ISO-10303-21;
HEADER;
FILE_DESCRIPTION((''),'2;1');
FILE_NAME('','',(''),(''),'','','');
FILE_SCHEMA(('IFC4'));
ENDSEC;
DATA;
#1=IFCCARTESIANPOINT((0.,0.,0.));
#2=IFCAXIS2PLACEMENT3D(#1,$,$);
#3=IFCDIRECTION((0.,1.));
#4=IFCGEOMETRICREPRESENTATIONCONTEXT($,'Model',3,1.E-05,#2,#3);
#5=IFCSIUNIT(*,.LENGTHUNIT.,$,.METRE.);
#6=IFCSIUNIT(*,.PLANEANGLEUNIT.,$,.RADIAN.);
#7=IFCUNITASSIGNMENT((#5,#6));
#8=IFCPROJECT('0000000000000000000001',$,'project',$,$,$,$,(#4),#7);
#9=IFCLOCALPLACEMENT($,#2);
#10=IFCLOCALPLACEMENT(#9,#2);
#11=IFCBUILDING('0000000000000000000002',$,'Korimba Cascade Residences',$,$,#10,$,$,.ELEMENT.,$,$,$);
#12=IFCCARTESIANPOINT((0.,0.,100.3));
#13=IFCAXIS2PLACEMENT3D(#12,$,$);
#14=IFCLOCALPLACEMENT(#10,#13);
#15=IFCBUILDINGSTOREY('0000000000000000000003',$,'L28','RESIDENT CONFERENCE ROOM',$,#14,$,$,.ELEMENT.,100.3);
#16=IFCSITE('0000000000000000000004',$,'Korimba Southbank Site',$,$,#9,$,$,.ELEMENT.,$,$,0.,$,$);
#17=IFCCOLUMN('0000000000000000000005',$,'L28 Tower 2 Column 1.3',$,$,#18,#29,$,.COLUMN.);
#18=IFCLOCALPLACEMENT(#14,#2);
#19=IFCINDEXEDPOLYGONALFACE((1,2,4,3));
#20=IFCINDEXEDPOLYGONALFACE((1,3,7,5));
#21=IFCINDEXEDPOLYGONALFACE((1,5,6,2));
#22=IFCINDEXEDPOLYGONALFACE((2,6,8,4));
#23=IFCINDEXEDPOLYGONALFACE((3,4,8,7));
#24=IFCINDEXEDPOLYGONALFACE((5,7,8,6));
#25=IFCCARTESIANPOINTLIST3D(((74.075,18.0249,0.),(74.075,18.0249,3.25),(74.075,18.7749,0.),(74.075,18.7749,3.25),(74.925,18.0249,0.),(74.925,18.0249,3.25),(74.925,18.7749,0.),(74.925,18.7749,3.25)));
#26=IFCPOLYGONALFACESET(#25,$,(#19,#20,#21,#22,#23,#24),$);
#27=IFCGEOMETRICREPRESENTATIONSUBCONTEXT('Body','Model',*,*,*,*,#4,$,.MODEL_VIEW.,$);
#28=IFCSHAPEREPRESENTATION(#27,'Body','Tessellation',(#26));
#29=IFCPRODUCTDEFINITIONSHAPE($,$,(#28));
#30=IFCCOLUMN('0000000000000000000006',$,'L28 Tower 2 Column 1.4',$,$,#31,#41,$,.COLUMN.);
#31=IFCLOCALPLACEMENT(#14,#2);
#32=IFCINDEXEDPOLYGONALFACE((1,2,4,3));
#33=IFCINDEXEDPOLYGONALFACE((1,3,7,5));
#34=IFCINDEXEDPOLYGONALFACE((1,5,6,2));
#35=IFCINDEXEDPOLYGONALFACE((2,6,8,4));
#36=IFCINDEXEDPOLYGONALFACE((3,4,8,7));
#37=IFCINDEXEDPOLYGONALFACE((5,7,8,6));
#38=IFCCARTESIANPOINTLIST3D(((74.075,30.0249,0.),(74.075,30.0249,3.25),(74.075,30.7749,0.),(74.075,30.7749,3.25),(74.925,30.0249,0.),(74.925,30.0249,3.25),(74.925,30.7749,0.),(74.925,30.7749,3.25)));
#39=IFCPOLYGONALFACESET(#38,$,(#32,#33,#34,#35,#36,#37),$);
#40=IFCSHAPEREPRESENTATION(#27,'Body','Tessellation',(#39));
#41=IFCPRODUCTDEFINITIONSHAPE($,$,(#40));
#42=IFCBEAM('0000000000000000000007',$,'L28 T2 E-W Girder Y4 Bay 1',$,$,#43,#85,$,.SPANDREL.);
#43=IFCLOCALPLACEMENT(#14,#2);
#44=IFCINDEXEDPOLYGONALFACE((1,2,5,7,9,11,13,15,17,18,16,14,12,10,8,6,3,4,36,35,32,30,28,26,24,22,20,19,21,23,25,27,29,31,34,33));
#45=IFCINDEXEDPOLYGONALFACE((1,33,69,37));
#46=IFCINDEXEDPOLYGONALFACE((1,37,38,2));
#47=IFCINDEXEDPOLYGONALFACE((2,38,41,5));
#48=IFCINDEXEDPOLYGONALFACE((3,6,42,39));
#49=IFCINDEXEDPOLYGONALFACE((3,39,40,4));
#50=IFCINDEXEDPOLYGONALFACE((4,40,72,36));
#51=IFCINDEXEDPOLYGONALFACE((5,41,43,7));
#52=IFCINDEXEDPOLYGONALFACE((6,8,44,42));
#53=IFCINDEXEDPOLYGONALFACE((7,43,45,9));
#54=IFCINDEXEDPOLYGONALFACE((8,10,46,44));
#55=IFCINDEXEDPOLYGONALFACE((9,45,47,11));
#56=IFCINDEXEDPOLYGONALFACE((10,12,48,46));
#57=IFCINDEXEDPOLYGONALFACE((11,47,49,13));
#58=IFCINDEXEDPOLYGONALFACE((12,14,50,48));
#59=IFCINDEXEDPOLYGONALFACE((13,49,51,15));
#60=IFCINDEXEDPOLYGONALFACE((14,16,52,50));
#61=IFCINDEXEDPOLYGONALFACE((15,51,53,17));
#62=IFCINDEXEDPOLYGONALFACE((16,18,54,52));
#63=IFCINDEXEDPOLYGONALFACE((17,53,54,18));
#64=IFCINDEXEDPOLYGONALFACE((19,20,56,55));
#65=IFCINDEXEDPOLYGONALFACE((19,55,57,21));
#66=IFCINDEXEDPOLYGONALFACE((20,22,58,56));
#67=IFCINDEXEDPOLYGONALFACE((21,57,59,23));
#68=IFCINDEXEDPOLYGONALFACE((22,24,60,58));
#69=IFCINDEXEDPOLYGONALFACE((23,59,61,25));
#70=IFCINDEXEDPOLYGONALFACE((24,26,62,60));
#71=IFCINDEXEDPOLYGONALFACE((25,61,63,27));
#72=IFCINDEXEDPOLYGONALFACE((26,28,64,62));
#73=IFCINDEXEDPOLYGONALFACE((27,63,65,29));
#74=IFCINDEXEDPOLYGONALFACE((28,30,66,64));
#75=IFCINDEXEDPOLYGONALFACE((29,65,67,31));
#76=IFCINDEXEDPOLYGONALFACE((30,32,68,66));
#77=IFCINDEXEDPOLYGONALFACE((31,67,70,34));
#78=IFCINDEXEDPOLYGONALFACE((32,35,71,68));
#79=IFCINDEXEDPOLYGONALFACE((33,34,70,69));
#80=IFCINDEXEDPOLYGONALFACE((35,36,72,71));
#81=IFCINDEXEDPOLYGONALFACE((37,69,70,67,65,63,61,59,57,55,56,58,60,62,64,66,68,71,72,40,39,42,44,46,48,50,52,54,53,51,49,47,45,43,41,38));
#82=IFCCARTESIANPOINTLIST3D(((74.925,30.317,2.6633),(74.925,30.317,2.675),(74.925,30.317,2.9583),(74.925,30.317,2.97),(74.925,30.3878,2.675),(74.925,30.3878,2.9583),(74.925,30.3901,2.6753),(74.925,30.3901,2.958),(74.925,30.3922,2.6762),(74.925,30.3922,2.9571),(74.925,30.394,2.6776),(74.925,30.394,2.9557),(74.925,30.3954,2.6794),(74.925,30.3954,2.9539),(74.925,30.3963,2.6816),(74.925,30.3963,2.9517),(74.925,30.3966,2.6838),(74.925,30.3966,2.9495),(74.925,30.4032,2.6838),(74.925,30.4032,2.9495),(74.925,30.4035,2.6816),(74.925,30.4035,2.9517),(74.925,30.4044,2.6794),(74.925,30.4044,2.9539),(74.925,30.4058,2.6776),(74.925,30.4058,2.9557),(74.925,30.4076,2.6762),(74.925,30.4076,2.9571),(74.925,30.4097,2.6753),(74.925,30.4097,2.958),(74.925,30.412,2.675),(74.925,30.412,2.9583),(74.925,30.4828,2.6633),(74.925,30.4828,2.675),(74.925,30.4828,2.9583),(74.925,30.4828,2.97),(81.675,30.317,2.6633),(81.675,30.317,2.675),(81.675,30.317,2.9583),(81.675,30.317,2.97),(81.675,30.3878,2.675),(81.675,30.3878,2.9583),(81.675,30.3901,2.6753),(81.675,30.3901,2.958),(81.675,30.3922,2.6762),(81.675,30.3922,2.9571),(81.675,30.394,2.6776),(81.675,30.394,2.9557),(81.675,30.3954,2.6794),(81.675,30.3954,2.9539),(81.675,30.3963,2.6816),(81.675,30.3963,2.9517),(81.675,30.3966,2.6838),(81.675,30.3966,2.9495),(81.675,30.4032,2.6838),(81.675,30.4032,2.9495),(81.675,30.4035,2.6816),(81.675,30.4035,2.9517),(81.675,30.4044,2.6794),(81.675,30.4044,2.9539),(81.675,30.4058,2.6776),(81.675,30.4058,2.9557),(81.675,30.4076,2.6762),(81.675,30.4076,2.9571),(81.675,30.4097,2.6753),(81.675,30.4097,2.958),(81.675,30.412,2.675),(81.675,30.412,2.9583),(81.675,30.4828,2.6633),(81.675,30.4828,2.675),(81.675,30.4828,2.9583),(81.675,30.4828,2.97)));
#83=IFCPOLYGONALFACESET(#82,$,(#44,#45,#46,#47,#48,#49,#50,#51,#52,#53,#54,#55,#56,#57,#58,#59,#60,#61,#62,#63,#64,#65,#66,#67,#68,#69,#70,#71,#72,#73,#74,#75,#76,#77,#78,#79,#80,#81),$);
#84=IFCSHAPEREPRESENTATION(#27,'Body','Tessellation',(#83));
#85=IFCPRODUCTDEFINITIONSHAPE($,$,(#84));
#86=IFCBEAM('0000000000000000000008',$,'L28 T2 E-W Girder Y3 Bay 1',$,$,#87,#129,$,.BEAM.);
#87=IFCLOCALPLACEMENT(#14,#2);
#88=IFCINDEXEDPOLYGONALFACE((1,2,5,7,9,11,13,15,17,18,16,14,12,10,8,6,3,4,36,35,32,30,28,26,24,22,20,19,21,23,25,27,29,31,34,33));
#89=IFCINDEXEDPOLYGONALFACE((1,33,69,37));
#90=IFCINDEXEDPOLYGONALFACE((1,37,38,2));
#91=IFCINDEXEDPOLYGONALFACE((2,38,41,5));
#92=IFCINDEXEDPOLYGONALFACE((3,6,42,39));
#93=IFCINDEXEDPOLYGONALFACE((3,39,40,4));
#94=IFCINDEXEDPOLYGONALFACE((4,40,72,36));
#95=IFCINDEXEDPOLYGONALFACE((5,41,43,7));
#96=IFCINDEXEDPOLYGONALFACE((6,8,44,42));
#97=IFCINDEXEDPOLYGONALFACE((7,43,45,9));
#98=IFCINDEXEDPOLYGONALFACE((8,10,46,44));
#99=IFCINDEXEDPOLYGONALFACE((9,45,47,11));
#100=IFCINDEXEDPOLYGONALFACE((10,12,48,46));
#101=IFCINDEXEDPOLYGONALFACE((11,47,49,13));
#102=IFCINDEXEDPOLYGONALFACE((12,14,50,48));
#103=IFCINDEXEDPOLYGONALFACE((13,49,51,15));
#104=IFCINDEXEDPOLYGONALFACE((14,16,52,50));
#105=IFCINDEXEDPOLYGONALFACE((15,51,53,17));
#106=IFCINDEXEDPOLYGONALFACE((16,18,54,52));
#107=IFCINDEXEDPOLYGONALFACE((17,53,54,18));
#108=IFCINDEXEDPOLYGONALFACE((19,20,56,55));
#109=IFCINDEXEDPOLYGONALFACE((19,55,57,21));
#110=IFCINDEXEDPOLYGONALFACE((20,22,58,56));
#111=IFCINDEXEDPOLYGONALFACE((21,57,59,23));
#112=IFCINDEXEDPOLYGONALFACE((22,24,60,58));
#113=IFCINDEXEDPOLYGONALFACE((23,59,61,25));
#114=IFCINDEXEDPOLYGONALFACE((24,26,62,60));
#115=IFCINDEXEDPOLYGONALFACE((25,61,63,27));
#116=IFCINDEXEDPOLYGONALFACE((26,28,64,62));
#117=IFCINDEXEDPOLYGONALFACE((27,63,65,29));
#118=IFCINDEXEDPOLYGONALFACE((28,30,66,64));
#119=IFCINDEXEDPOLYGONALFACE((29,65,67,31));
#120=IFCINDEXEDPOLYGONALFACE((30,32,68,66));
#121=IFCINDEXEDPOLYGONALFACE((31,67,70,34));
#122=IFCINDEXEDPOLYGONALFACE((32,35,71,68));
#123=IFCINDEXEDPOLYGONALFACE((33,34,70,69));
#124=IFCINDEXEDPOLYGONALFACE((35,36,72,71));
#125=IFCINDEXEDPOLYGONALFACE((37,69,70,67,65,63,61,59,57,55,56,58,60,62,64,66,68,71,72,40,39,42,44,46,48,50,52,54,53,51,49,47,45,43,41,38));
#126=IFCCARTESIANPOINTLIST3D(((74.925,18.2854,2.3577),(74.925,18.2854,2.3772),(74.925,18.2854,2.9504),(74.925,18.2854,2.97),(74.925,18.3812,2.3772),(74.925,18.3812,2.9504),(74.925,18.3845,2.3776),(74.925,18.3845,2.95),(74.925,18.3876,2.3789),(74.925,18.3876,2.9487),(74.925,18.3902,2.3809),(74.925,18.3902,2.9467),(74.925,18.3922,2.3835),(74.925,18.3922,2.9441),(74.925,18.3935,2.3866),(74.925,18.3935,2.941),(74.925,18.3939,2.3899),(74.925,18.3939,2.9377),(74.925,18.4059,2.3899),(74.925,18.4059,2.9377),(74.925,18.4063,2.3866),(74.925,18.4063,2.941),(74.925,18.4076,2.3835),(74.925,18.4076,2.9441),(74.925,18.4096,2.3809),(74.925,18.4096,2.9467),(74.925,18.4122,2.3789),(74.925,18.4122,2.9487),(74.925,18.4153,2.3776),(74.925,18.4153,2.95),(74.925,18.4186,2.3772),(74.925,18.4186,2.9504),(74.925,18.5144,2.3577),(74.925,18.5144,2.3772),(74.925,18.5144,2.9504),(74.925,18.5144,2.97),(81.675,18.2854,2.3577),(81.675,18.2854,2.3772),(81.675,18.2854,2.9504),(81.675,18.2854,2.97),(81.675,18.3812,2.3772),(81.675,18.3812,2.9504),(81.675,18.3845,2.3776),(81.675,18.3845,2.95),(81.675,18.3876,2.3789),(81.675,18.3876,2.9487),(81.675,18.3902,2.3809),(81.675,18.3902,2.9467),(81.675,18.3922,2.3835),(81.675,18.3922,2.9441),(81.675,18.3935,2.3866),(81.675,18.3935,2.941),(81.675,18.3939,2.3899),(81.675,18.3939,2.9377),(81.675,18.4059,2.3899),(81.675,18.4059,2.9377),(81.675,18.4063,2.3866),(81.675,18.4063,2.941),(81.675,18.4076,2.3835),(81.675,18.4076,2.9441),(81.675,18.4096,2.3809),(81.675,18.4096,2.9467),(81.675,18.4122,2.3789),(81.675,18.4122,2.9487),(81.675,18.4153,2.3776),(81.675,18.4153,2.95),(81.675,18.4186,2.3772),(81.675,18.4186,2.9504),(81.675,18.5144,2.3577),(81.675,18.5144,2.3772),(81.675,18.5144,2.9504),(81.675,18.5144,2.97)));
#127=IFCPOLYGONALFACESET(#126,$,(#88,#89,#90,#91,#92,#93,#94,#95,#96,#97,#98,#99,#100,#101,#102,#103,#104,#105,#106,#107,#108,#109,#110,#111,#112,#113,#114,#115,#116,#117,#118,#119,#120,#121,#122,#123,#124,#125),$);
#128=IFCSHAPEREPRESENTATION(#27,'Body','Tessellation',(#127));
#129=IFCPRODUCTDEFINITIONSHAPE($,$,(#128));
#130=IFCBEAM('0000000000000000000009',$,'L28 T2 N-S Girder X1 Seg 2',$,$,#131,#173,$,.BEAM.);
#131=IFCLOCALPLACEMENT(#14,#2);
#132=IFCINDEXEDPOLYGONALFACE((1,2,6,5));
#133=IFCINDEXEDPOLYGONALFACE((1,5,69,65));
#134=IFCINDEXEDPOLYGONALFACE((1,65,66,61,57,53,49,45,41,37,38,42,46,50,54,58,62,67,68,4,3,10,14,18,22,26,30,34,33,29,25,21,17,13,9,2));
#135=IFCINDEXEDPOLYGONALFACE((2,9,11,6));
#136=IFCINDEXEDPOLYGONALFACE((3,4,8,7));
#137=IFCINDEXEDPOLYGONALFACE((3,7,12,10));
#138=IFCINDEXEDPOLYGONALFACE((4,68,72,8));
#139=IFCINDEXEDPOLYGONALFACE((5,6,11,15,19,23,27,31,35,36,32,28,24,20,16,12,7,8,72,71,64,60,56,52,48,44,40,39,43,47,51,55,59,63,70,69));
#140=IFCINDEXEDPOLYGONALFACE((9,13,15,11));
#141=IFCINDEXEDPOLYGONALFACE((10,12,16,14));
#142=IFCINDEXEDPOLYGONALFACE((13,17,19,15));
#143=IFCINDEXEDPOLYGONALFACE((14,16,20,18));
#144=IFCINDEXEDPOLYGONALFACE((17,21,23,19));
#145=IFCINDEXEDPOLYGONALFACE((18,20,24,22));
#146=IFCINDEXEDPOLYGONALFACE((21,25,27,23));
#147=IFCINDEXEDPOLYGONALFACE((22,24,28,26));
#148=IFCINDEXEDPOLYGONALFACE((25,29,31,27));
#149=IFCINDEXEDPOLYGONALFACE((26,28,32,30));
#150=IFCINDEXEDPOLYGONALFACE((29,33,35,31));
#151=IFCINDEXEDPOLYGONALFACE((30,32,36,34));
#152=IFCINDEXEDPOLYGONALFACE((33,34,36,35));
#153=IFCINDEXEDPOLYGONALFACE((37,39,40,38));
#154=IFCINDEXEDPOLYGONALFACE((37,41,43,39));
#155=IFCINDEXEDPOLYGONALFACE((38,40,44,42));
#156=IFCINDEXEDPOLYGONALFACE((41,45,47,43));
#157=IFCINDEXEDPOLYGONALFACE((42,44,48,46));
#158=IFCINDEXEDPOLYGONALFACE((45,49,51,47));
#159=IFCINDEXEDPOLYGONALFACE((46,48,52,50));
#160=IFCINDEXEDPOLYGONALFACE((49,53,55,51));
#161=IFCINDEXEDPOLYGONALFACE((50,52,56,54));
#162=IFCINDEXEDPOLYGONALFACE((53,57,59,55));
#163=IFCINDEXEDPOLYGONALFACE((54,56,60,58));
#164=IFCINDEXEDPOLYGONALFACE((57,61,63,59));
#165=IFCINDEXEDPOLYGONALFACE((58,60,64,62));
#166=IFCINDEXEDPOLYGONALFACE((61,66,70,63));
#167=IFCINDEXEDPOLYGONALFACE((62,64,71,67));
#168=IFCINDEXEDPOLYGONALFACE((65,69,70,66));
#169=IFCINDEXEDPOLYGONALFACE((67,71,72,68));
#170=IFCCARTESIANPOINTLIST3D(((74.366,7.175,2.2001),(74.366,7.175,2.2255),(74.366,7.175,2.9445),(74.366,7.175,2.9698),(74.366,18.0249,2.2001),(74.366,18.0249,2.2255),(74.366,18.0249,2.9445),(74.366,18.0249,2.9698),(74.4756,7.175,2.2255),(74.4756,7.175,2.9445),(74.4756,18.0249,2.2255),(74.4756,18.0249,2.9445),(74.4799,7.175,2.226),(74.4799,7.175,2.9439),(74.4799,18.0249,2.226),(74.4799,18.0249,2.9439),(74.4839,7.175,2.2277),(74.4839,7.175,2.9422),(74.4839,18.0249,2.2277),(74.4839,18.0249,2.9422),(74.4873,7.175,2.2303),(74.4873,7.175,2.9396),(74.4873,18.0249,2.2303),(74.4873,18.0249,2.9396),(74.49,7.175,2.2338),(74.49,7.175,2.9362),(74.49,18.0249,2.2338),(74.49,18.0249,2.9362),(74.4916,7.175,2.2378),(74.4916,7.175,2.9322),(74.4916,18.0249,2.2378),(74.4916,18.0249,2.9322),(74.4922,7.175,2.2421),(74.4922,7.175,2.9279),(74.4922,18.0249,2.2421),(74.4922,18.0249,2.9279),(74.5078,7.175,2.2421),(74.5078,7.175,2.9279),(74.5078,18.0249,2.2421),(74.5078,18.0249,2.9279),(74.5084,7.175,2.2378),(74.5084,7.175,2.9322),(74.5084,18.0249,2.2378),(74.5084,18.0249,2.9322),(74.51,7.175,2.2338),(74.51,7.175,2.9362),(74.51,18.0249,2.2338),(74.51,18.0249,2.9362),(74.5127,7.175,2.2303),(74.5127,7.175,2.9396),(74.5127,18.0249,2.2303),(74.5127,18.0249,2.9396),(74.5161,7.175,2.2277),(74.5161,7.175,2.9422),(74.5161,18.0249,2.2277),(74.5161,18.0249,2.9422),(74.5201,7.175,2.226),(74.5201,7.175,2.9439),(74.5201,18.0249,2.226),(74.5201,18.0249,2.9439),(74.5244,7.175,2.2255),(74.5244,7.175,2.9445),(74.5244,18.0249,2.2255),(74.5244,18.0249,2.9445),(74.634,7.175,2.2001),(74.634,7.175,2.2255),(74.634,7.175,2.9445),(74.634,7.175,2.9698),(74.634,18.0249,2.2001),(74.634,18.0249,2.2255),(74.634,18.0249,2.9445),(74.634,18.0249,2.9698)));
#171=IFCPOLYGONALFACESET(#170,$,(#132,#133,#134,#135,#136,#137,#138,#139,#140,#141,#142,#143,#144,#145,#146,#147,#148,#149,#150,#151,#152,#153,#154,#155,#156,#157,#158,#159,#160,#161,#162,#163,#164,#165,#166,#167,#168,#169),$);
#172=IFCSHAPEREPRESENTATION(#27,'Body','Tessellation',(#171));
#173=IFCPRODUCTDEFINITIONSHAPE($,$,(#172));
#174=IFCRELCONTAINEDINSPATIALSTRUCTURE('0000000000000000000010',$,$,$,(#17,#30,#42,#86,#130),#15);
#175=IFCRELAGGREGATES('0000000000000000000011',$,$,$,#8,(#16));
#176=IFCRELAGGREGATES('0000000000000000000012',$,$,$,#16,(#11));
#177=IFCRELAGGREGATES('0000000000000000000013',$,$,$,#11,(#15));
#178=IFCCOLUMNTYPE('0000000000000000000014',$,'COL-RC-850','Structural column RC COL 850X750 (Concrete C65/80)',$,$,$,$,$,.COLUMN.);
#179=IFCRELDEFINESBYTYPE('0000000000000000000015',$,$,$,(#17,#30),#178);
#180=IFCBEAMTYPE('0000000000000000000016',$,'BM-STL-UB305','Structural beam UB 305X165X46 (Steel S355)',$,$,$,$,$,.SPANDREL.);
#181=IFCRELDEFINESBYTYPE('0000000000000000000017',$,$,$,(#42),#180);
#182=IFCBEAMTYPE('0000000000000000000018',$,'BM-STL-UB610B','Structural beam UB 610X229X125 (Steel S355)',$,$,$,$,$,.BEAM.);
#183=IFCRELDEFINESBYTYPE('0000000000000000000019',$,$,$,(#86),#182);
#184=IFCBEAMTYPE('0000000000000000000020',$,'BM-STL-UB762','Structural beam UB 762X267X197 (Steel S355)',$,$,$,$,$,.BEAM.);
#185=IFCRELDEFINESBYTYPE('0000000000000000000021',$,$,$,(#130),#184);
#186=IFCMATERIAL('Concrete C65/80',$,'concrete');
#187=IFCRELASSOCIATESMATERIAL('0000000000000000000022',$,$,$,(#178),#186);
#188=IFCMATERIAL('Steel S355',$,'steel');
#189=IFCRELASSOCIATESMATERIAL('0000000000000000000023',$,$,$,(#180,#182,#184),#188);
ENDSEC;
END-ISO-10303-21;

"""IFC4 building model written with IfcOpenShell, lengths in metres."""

from ifc_helpers import new_model, si_unit, direction, frame, origin, origin_2d, place, context, subcontext, project, spatial, rectangle, i_section, extrude, material, material_profile, profile_set, type_object, element, save


model = new_model("IFC4")

# Units and contexts
model_context = context("Model", 3, precision=1e-05, world=origin(), true_north=direction((0.0, 1.0)))
body_context = subcontext(model_context, "Body", "Model", "MODEL_VIEW")
ifc_project = project(units=[si_unit("LENGTHUNIT", "METRE"), si_unit("PLANEANGLEUNIT", "RADIAN")], contexts=[model_context])

# Site, building, storey
site_placement = place(None, origin())
site = spatial("IfcSite", under=ifc_project, at=site_placement, Name="Korimba Southbank Site", CompositionType="ELEMENT", RefElevation=0.0)
building_placement = place(site_placement, origin())
building = spatial("IfcBuilding", under=site, at=building_placement, Name="Korimba Cascade Residences", CompositionType="ELEMENT")
storey_placement = place(building_placement, frame((0.0, 0.0, 100.3)))
storey = spatial("IfcBuildingStorey", under=building, at=storey_placement, Name="L28", Description="RESIDENT CONFERENCE ROOM", CompositionType="ELEMENT", Elevation=100.3)

# Columns
ifc_material_1 = material(Name="Concrete C65/80", Category="concrete")
ifc_material_profile_1 = material_profile(ifc_material_1, rectangle(XDim=0.8501, YDim=0.75, at=origin_2d()), Name="Concrete C65/80")
ifc_profile_set_1 = profile_set([ifc_material_profile_1], Name="Concrete C65/80")
column_type = type_object("IfcColumnType", Name="COL-RC-850", Description="Structural column RC COL 850X750 (Concrete C65/80)", PredefinedType="COLUMN", material=ifc_profile_set_1)
for number, where, z_axis, x_axis, name in (
    (1, (74.5, 18.3999, 0.0), (0.0, 0.0, 1.0), (1.0, 0.0, 0.0), "L28 Tower 2 Column 1.3"),
    (2, (74.5, 30.3999, 0.0), (0.0, 0.0, 1.0), (1.0, 0.0, 0.0), "L28 Tower 2 Column 1.4"),
):
    element("IfcColumn", number, at=place(storey_placement, frame(where, z_axis=z_axis, x_axis=x_axis)), inside=storey, type_object=column_type, Name=name, PredefinedType="COLUMN", context=body_context, shape_type="SweptSolid", body=[
        extrude(rectangle(XDim=0.8501, YDim=0.75, at=origin_2d()), origin(), (0.0, 0.0, 1.0), 3.25),
    ])

# Beams
ifc_material_2 = material(Name="Steel S355", Category="steel")
ifc_material_profile_2 = material_profile(ifc_material_2, i_section(OverallWidth=0.1658, OverallDepth=0.3066, WebThickness=0.0066, FlangeThickness=0.0117, FilletRadius=0.0088, at=origin_2d()), Name="Steel S355")
ifc_profile_set_2 = profile_set([ifc_material_profile_2], Name="Steel S355")
beam_type_1 = type_object("IfcBeamType", Name="BM-STL-UB305", Description="Structural beam UB 305X165X46 (Steel S355)", PredefinedType="SPANDREL", material=ifc_profile_set_2)
beam_1_placement = place(storey_placement, frame((74.925, 30.3999, 2.8167), z_axis=(1.0, 0.0, 0.0), x_axis=(0.0, 1.0, 0.0)))
element("IfcBeam", 3, at=beam_1_placement, inside=storey, type_object=beam_type_1, Name="L28 T2 E-W Girder Y4 Bay 1", PredefinedType="SPANDREL", context=body_context, shape_type="SweptSolid", body=[
    extrude(i_section(OverallWidth=0.1658, OverallDepth=0.3066, WebThickness=0.0066, FlangeThickness=0.0117, FilletRadius=0.0088, at=origin_2d()), origin(), (0.0, 0.0, 1.0), 6.75),
])
ifc_material_profile_3 = material_profile(ifc_material_2, i_section(OverallWidth=0.229, OverallDepth=0.6123, WebThickness=0.012, FlangeThickness=0.0195, FilletRadius=0.0127, at=origin_2d()), Name="Steel S355")
ifc_profile_set_3 = profile_set([ifc_material_profile_3], Name="Steel S355")
beam_type_2 = type_object("IfcBeamType", Name="BM-STL-UB610B", Description="Structural beam UB 610X229X125 (Steel S355)", PredefinedType="BEAM", material=ifc_profile_set_3)
beam_2_placement = place(storey_placement, frame((74.925, 18.3999, 2.6638), z_axis=(1.0, 0.0, 0.0), x_axis=(0.0, 1.0, 0.0)))
element("IfcBeam", 4, at=beam_2_placement, inside=storey, type_object=beam_type_2, Name="L28 T2 E-W Girder Y3 Bay 1", PredefinedType="BEAM", context=body_context, shape_type="SweptSolid", body=[
    extrude(i_section(OverallWidth=0.229, OverallDepth=0.6123, WebThickness=0.012, FlangeThickness=0.0195, FilletRadius=0.0127, at=origin_2d()), origin(), (0.0, 0.0, 1.0), 6.75),
])
ifc_material_profile_4 = material_profile(ifc_material_2, i_section(OverallWidth=0.2681, OverallDepth=0.7698, WebThickness=0.0156, FlangeThickness=0.0254, FilletRadius=0.0166, at=origin_2d()), Name="Steel S355")
ifc_profile_set_4 = profile_set([ifc_material_profile_4], Name="Steel S355")
beam_type_3 = type_object("IfcBeamType", Name="BM-STL-UB762", Description="Structural beam UB 762X267X197 (Steel S355)", PredefinedType="BEAM", material=ifc_profile_set_4)
beam_3_placement = place(storey_placement, frame((74.5, 7.175, 2.585), z_axis=(0.0, 1.0, 0.0), x_axis=(-1.0, 0.0, 0.0)))
element("IfcBeam", 5, at=beam_3_placement, inside=storey, type_object=beam_type_3, Name="L28 T2 N-S Girder X1 Seg 2", PredefinedType="BEAM", context=body_context, shape_type="SweptSolid", body=[
    extrude(i_section(OverallWidth=0.2681, OverallDepth=0.7698, WebThickness=0.0156, FlangeThickness=0.0254, FilletRadius=0.0166, at=origin_2d()), origin(), (0.0, 0.0, 1.0), 10.8499),
])

save(model, "model.ifc")
